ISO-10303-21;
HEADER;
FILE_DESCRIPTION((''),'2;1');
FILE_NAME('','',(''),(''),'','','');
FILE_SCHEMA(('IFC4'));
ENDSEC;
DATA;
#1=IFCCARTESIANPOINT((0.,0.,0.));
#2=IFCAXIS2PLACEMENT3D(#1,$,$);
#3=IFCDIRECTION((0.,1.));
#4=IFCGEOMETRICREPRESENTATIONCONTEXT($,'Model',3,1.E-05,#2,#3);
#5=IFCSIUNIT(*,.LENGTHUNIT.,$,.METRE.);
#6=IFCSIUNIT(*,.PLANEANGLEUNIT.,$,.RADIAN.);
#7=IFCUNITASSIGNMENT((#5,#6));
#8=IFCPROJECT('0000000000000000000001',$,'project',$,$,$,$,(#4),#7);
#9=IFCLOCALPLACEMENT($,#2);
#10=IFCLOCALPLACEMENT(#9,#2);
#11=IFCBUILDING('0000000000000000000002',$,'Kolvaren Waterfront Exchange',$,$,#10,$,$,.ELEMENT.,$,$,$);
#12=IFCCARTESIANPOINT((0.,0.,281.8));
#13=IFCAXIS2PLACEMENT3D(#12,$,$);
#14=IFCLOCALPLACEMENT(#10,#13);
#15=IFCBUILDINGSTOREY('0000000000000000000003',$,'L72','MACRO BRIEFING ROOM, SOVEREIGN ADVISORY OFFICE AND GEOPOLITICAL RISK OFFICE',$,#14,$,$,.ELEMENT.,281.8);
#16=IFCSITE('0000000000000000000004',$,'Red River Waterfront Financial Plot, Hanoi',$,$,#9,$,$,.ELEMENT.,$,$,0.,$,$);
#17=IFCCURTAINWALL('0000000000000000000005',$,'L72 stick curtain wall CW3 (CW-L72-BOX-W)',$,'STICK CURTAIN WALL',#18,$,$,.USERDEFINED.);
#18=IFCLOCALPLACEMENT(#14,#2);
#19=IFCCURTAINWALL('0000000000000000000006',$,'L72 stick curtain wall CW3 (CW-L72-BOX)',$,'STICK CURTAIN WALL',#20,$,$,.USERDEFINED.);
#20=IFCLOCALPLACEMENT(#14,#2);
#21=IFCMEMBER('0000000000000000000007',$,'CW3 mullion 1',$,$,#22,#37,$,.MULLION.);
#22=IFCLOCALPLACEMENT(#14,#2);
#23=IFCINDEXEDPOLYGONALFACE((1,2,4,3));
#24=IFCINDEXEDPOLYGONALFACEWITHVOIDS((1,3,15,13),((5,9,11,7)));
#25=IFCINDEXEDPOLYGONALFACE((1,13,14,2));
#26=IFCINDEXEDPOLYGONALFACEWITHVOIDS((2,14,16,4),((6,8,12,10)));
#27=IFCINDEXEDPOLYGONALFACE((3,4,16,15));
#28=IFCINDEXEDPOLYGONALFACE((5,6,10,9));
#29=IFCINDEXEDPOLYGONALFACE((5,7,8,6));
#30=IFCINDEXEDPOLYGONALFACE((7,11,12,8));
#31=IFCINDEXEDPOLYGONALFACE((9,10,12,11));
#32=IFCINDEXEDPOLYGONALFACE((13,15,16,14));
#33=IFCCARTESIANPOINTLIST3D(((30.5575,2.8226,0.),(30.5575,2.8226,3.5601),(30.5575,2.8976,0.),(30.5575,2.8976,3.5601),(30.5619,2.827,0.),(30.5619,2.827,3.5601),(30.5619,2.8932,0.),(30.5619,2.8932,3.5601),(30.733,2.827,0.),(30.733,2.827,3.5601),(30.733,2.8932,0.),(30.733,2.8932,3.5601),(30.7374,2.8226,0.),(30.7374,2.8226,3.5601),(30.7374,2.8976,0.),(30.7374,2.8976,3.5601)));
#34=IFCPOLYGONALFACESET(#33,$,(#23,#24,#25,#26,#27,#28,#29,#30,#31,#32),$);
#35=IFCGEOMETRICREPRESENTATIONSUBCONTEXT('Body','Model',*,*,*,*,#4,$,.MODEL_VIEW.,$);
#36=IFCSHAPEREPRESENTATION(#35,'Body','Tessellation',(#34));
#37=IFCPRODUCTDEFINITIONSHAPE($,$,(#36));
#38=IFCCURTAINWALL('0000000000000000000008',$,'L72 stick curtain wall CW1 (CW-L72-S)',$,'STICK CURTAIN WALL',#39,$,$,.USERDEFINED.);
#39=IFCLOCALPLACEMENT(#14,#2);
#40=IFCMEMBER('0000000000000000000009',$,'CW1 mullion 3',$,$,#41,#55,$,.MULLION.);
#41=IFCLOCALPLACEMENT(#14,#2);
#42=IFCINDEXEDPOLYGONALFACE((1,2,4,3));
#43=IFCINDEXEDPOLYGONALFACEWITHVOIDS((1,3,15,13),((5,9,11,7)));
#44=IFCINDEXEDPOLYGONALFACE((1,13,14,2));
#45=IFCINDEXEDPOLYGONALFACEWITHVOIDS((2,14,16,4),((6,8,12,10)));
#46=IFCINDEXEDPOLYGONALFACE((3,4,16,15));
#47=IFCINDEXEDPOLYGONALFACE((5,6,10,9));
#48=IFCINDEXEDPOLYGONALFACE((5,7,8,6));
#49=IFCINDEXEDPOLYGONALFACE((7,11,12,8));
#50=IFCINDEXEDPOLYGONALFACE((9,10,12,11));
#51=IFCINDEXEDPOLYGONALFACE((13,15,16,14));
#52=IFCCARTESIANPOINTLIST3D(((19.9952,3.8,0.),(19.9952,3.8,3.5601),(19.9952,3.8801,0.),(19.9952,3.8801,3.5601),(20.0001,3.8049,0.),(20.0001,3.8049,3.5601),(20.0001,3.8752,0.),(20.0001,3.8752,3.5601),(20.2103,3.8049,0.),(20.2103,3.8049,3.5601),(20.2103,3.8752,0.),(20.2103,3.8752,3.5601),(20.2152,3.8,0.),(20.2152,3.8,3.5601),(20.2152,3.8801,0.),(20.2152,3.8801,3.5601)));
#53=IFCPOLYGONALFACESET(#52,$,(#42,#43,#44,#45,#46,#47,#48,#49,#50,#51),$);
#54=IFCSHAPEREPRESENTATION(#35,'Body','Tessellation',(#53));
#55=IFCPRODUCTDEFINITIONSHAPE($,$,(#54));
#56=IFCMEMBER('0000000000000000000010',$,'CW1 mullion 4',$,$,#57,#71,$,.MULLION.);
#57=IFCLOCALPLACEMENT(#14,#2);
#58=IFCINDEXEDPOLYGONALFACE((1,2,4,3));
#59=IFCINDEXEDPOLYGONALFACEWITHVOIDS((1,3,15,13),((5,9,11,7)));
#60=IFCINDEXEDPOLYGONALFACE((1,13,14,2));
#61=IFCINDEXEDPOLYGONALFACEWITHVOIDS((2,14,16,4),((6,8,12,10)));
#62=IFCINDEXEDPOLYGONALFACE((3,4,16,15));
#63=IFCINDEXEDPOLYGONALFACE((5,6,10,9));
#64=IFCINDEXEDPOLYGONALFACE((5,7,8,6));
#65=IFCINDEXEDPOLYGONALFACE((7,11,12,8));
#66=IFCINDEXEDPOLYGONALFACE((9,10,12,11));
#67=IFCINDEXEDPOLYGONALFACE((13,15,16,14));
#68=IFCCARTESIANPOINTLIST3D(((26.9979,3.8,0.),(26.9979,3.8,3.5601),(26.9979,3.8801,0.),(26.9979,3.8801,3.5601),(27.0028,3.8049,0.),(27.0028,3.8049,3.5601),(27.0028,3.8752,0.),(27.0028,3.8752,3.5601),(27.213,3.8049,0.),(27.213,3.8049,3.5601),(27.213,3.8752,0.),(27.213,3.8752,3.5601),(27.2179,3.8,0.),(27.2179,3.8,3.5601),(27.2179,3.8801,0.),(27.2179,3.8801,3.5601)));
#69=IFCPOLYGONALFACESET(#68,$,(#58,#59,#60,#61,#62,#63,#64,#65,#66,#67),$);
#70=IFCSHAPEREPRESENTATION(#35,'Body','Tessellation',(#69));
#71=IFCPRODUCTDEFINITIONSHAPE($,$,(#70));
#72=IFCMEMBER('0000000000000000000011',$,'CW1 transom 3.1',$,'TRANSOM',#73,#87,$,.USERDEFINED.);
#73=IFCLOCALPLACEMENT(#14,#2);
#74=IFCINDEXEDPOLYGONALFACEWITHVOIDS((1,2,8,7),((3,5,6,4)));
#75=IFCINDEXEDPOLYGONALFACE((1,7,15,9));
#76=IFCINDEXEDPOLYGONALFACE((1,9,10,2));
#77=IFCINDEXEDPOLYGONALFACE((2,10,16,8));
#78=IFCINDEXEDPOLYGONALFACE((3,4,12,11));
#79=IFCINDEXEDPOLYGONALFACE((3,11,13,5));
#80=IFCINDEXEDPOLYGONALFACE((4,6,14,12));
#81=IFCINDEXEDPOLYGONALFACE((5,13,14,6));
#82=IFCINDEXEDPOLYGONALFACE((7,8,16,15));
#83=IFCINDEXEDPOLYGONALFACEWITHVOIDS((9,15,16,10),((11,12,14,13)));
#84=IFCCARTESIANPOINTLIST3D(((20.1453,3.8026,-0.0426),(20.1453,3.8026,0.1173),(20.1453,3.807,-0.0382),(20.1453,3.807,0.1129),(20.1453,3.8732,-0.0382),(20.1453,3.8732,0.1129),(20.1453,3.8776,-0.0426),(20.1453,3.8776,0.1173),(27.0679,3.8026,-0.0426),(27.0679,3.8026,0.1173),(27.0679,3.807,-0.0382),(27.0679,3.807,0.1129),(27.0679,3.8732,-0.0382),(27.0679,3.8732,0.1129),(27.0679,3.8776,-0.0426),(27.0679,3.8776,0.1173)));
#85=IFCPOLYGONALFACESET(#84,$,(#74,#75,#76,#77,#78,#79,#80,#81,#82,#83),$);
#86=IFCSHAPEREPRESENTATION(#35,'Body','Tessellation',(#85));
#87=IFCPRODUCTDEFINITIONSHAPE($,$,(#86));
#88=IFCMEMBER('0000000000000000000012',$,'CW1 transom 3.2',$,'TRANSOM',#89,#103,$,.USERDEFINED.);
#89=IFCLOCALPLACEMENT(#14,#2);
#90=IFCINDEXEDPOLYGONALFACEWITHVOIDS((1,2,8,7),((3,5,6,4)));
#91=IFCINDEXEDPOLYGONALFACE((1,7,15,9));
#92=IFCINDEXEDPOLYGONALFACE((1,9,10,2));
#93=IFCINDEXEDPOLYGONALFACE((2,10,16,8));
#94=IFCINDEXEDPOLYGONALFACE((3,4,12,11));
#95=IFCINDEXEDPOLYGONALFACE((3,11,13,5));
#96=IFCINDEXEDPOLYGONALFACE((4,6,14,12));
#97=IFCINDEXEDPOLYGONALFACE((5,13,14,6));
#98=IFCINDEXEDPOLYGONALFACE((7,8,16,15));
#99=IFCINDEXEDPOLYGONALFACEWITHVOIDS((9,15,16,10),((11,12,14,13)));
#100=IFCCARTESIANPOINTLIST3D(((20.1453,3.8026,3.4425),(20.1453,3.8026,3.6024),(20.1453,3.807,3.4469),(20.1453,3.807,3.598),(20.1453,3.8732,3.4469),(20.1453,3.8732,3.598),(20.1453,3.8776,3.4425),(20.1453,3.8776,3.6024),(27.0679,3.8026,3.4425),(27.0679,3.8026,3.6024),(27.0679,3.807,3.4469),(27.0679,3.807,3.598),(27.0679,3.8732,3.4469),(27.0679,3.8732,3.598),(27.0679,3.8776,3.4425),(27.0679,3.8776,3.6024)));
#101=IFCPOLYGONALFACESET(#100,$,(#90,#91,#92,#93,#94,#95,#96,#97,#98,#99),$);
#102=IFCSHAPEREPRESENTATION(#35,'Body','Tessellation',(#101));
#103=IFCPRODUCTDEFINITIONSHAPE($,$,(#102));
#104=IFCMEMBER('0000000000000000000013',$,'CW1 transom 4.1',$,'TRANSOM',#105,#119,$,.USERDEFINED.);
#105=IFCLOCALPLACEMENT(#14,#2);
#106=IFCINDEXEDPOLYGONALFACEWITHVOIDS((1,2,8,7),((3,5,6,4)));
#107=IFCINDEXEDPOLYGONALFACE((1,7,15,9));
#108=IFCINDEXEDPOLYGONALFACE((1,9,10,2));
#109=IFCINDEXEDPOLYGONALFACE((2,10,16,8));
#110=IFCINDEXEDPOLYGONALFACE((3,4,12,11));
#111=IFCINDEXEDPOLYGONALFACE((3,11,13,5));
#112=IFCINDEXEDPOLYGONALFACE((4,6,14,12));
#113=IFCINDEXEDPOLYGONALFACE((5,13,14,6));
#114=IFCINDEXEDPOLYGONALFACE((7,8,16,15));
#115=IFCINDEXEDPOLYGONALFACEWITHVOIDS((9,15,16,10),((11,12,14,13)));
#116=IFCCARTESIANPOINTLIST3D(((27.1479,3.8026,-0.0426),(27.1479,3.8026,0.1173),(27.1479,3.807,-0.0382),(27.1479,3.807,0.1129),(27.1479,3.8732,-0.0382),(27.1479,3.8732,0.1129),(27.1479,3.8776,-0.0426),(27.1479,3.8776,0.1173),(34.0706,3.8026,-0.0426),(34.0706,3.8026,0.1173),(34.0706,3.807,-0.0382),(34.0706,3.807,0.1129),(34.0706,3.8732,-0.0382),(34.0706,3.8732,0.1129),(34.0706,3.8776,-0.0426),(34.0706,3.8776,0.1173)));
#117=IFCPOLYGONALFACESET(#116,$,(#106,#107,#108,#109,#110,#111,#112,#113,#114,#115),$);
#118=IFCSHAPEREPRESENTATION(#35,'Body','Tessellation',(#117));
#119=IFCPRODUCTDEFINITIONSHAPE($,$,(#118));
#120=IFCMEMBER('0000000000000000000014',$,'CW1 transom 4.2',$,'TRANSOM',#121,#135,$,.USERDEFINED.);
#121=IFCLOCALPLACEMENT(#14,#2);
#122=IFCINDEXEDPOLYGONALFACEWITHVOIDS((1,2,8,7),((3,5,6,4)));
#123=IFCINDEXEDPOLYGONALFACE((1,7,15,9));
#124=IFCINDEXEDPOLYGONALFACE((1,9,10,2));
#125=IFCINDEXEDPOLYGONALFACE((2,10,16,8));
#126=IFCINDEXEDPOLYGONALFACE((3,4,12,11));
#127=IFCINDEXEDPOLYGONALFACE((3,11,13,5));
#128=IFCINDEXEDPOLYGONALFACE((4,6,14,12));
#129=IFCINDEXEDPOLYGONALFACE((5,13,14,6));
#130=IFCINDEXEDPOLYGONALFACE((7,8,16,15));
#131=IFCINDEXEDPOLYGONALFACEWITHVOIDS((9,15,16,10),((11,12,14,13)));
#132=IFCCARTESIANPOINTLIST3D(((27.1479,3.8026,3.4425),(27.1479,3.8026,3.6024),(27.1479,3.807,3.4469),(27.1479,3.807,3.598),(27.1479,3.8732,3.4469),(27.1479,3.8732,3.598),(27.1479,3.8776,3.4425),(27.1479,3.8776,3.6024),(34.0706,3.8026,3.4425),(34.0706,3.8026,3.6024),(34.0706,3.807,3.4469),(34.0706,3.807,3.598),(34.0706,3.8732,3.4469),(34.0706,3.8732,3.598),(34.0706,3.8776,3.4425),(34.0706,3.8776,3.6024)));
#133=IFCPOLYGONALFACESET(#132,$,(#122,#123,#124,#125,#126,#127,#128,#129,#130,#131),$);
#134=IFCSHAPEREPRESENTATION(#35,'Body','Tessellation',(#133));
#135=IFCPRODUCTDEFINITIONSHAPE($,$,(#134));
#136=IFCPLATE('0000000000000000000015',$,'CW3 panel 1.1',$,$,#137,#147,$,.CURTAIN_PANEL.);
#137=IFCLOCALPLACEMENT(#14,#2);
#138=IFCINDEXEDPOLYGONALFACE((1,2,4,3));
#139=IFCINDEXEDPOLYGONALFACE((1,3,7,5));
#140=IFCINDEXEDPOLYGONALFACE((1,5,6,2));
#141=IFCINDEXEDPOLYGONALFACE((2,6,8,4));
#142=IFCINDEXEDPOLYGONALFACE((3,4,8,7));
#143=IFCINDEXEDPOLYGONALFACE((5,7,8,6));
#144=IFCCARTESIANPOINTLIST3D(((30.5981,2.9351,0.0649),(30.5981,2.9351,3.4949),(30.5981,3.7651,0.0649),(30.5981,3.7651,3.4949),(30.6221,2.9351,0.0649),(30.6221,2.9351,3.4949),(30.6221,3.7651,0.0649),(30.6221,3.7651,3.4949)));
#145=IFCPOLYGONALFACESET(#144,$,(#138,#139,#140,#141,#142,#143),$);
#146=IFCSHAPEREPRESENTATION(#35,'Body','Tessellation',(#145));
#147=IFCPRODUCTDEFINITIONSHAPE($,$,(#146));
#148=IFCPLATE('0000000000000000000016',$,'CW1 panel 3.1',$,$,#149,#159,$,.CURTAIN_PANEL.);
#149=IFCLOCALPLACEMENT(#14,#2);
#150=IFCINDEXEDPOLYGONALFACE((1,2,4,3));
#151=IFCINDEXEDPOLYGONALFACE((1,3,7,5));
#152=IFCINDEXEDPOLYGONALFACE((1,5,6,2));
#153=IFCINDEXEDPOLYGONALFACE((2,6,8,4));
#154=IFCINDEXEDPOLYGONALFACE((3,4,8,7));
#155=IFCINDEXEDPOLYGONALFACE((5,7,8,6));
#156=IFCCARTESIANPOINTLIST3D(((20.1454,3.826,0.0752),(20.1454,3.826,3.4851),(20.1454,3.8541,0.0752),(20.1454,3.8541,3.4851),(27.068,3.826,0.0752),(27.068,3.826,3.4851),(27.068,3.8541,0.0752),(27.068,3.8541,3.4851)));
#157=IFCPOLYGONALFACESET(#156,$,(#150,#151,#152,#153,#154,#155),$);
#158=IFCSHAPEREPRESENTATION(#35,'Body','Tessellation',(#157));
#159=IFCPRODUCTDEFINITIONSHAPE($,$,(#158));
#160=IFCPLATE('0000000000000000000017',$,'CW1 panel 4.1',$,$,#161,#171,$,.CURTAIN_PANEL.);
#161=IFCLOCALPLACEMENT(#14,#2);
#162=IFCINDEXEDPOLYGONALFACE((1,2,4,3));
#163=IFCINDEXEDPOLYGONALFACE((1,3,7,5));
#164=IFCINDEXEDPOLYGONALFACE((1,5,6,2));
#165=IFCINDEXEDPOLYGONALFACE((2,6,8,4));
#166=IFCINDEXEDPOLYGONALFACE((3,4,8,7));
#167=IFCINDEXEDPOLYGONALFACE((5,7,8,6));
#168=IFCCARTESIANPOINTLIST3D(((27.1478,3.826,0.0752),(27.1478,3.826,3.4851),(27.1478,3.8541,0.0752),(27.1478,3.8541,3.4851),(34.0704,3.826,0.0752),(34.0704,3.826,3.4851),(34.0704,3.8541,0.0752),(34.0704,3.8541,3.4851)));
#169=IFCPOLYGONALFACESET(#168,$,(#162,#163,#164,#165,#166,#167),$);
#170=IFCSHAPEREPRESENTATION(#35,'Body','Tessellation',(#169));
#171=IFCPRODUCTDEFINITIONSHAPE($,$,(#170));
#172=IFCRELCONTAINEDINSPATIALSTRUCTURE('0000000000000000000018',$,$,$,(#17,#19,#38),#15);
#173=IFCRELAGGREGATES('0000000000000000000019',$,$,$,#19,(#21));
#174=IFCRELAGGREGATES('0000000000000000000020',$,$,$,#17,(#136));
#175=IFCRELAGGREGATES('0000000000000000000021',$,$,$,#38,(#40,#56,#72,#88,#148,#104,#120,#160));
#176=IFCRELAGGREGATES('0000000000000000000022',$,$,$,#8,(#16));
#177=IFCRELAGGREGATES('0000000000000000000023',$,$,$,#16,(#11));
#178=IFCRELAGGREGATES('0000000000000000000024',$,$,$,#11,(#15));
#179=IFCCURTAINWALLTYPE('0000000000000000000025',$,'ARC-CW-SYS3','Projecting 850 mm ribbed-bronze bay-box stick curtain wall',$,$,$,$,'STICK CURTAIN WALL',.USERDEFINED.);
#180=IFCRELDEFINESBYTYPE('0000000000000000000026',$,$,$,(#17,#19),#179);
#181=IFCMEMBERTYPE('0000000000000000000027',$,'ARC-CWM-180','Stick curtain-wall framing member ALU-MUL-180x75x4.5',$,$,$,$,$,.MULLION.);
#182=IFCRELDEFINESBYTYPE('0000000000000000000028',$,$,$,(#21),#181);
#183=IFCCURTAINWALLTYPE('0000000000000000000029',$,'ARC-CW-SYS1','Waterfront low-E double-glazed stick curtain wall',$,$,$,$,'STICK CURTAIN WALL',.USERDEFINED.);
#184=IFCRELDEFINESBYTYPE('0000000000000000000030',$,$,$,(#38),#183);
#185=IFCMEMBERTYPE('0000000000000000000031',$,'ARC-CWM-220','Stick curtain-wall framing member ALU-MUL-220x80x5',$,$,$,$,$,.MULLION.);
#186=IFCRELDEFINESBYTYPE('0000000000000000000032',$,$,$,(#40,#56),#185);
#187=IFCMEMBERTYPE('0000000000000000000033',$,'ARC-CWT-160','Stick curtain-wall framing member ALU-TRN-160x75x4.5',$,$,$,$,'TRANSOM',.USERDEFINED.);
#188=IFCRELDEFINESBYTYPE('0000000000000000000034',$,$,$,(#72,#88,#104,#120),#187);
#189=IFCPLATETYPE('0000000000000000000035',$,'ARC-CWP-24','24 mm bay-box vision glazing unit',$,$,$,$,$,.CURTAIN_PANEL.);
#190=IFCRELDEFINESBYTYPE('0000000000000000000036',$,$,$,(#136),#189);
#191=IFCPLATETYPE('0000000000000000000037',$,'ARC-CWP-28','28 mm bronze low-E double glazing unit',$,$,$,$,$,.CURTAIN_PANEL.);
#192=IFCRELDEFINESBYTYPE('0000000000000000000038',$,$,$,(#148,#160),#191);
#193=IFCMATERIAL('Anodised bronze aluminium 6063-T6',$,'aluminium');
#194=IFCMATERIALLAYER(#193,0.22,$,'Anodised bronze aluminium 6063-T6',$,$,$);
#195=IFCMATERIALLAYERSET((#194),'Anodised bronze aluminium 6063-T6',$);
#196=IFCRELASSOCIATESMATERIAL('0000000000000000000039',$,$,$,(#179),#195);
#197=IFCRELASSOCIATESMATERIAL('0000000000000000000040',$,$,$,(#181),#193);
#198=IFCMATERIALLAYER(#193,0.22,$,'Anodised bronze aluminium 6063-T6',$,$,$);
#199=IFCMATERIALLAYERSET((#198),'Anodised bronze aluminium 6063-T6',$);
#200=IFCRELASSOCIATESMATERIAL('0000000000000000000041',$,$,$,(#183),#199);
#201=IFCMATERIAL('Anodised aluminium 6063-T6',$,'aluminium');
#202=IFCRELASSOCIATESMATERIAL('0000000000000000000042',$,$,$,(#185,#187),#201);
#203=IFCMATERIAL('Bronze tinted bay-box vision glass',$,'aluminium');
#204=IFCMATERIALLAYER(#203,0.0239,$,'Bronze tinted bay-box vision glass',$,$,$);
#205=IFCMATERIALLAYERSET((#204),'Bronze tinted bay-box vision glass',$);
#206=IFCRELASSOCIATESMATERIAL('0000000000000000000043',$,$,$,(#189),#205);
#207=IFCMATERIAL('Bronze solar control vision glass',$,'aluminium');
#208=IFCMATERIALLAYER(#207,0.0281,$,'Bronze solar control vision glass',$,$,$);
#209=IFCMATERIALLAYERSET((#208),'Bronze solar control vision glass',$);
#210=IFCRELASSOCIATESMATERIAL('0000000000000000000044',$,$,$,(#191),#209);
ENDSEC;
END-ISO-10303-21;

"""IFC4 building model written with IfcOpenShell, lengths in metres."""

from ifc_helpers import new_model, si_unit, direction, frame, origin, origin_with_axes, origin_2d, place, context, subcontext, project, spatial, rectangle, hollow_rectangle, extrude, source, transform, mapped, material, layer, layer_set, material_profile, profile_set, type_object, element, aggregate, save


model = new_model("IFC4")

# Units and contexts
model_context = context("Model", 3, precision=1e-05, world=origin(), true_north=direction((0.0, 1.0)))
body_context = subcontext(model_context, "Body", "Model", "MODEL_VIEW")
ifc_project = project(units=[si_unit("LENGTHUNIT", "METRE"), si_unit("PLANEANGLEUNIT", "RADIAN")], contexts=[model_context])

# Site, building, storey
site_placement = place(None, origin())
site = spatial("IfcSite", under=ifc_project, at=site_placement, Name="Red River Waterfront Financial Plot, Hanoi", CompositionType="ELEMENT", RefElevation=0.0)
building_placement = place(site_placement, origin())
building = spatial("IfcBuilding", under=site, at=building_placement, Name="Kolvaren Waterfront Exchange", CompositionType="ELEMENT")
storey_placement = place(building_placement, frame((0.0, 0.0, 281.8)))
storey = spatial("IfcBuildingStorey", under=building, at=storey_placement, Name="L72", Description="MACRO BRIEFING ROOM, SOVEREIGN ADVISORY OFFICE AND GEOPOLITICAL RISK OFFICE", CompositionType="ELEMENT", Elevation=281.8)

# Curtain wall
ifc_material_1 = material(Name="Anodised bronze aluminium 6063-T6", Category="aluminium")
ifc_layer_1 = layer(ifc_material_1, 0.22, Name="Anodised bronze aluminium 6063-T6")
ifc_layer_set_1 = layer_set([ifc_layer_1], Name="Anodised bronze aluminium 6063-T6")
curtain_wall_type_1 = type_object("IfcCurtainWallType", Name="ARC-CW-SYS3", Description="Projecting 850 mm ribbed-bronze bay-box stick curtain wall", ElementType="STICK CURTAIN WALL", PredefinedType="USERDEFINED", material=ifc_layer_set_1)
curtain_wall_1_placement = place(storey_placement, origin())
curtain_wall_1 = element("IfcCurtainWall", 1, at=curtain_wall_1_placement, inside=storey, type_object=curtain_wall_type_1, Name="L72 stick curtain wall CW3 (CW-L72-BOX-W)", ObjectType="STICK CURTAIN WALL", PredefinedType="USERDEFINED")
ifc_material_profile_1 = material_profile(ifc_material_1, hollow_rectangle(XDim=0.075, YDim=0.1799, WallThickness=0.0044, at=origin_2d()), Name="ALU-MUL-180x75x4.5")
ifc_profile_set_1 = profile_set([ifc_material_profile_1], Name="Anodised bronze aluminium 6063-T6")
member_type_1 = type_object("IfcMemberType", Name="ARC-CWM-180", Description="Stick curtain-wall framing member ALU-MUL-180x75x4.5", PredefinedType="MULLION", material=ifc_profile_set_1)
shared_shape_1 = source(origin_with_axes(), body_context, "Body", "SweptSolid", [
    extrude(hollow_rectangle(XDim=0.075, YDim=0.1799, WallThickness=0.0044, at=origin_2d()), origin(), (0.0, 0.0, 1.0), 3.5601),
])

# Curtain wall, member
curtain_wall_2_placement = place(storey_placement, origin())
curtain_wall_2 = element("IfcCurtainWall", 2, at=curtain_wall_2_placement, inside=storey, type_object=curtain_wall_type_1, Name="L72 stick curtain wall CW3 (CW-L72-BOX)", ObjectType="STICK CURTAIN WALL", PredefinedType="USERDEFINED")
member_1_placement = place(storey_placement, frame((30.6475, 2.8601, 0.0), z_axis=(0.0, 0.0, 1.0), x_axis=(0.0, 1.0, 0.0)))
member_1 = element("IfcMember", 3, at=member_1_placement, type_object=member_type_1, Name="CW3 mullion 1", PredefinedType="MULLION", context=body_context, shape_type="MappedRepresentation", body=[
    mapped(shared_shape_1, transform((0.0, 0.0, 0.0), x_axis=(1.0, 0.0, 0.0), y_axis=(0.0, 1.0, 0.0), z_axis=(0.0, 0.0, 1.0), scale=1.0)),
])
aggregate(curtain_wall_2, [member_1])

# Curtain wall, members
ifc_layer_2 = layer(ifc_material_1, 0.22, Name="Anodised bronze aluminium 6063-T6")
ifc_layer_set_2 = layer_set([ifc_layer_2], Name="Anodised bronze aluminium 6063-T6")
curtain_wall_type_2 = type_object("IfcCurtainWallType", Name="ARC-CW-SYS1", Description="Waterfront low-E double-glazed stick curtain wall", ElementType="STICK CURTAIN WALL", PredefinedType="USERDEFINED", material=ifc_layer_set_2)
curtain_wall_3_placement = place(storey_placement, origin())
curtain_wall_3 = element("IfcCurtainWall", 4, at=curtain_wall_3_placement, inside=storey, type_object=curtain_wall_type_2, Name="L72 stick curtain wall CW1 (CW-L72-S)", ObjectType="STICK CURTAIN WALL", PredefinedType="USERDEFINED")
ifc_material_2 = material(Name="Anodised aluminium 6063-T6", Category="aluminium")
ifc_material_profile_2 = material_profile(ifc_material_2, hollow_rectangle(XDim=0.0801, YDim=0.22, WallThickness=0.0049, at=origin_2d()), Name="ALU-MUL-220x80x5")
ifc_profile_set_2 = profile_set([ifc_material_profile_2], Name="Anodised aluminium 6063-T6")
member_type_2 = type_object("IfcMemberType", Name="ARC-CWM-220", Description="Stick curtain-wall framing member ALU-MUL-220x80x5", PredefinedType="MULLION", material=ifc_profile_set_2)
shared_shape_2 = source(origin_with_axes(), body_context, "Body", "SweptSolid", [
    extrude(hollow_rectangle(XDim=0.0801, YDim=0.22, WallThickness=0.0049, at=origin_2d()), origin(), (0.0, 0.0, 1.0), 3.5601),
])
member_2_placement = place(storey_placement, frame((20.1052, 3.8401, 0.0), z_axis=(0.0, 0.0, 1.0), x_axis=(0.0, 1.0, 0.0)))
member_2 = element("IfcMember", 5, at=member_2_placement, type_object=member_type_2, Name="CW1 mullion 3", PredefinedType="MULLION", context=body_context, shape_type="MappedRepresentation", body=[
    mapped(shared_shape_2, transform((0.0, 0.0, 0.0), x_axis=(1.0, 0.0, 0.0), y_axis=(0.0, 1.0, 0.0), z_axis=(0.0, 0.0, 1.0), scale=1.0)),
])
member_3_placement = place(storey_placement, frame((27.1079, 3.8401, 0.0), z_axis=(0.0, 0.0, 1.0), x_axis=(0.0, 1.0, 0.0)))
member_3 = element("IfcMember", 6, at=member_3_placement, type_object=member_type_2, Name="CW1 mullion 4", PredefinedType="MULLION", context=body_context, shape_type="MappedRepresentation", body=[
    mapped(shared_shape_2, transform((0.0, 0.0, 0.0), x_axis=(1.0, 0.0, 0.0), y_axis=(0.0, 1.0, 0.0), z_axis=(0.0, 0.0, 1.0), scale=1.0)),
])
ifc_material_profile_3 = material_profile(ifc_material_2, hollow_rectangle(XDim=0.075, YDim=0.1599, WallThickness=0.0044, at=origin_2d()), Name="ALU-TRN-160x75x4.5")
ifc_profile_set_3 = profile_set([ifc_material_profile_3], Name="Anodised aluminium 6063-T6")
member_type_3 = type_object("IfcMemberType", Name="ARC-CWT-160", Description="Stick curtain-wall framing member ALU-TRN-160x75x4.5", ElementType="TRANSOM", PredefinedType="USERDEFINED", material=ifc_profile_set_3)
shared_shape_3 = source(origin_with_axes(), body_context, "Body", "SweptSolid", [
    extrude(hollow_rectangle(XDim=0.075, YDim=0.1599, WallThickness=0.0044, at=origin_2d()), origin(), (0.0, 0.0, 1.0), 6.9226),
])
member_4_placement = place(storey_placement, frame((20.1453, 3.8401, 0.0374), z_axis=(1.0, 0.0, 0.0), x_axis=(0.0, 1.0, 0.0)))
member_4 = element("IfcMember", 7, at=member_4_placement, type_object=member_type_3, Name="CW1 transom 3.1", ObjectType="TRANSOM", PredefinedType="USERDEFINED", context=body_context, shape_type="MappedRepresentation", body=[
    mapped(shared_shape_3, transform((0.0, 0.0, 0.0), x_axis=(1.0, 0.0, 0.0), y_axis=(0.0, 1.0, 0.0), z_axis=(0.0, 0.0, 1.0), scale=1.0)),
])
member_5_placement = place(storey_placement, frame((20.1453, 3.8401, 3.5225), z_axis=(1.0, 0.0, 0.0), x_axis=(0.0, 1.0, 0.0)))
member_5 = element("IfcMember", 8, at=member_5_placement, type_object=member_type_3, Name="CW1 transom 3.2", ObjectType="TRANSOM", PredefinedType="USERDEFINED", context=body_context, shape_type="MappedRepresentation", body=[
    mapped(shared_shape_3, transform((0.0, 0.0, 0.0), x_axis=(1.0, 0.0, 0.0), y_axis=(0.0, 1.0, 0.0), z_axis=(0.0, 0.0, 1.0), scale=1.0)),
])
member_6_placement = place(storey_placement, frame((27.1479, 3.8401, 0.0374), z_axis=(1.0, 0.0, 0.0), x_axis=(0.0, 1.0, 0.0)))
member_6 = element("IfcMember", 9, at=member_6_placement, type_object=member_type_3, Name="CW1 transom 4.1", ObjectType="TRANSOM", PredefinedType="USERDEFINED", context=body_context, shape_type="MappedRepresentation", body=[
    mapped(shared_shape_3, transform((0.0, 0.0, 0.0), x_axis=(1.0, 0.0, 0.0), y_axis=(0.0, 1.0, 0.0), z_axis=(0.0, 0.0, 1.0), scale=1.0)),
])
member_7_placement = place(storey_placement, frame((27.1479, 3.8401, 3.5225), z_axis=(1.0, 0.0, 0.0), x_axis=(0.0, 1.0, 0.0)))
member_7 = element("IfcMember", 10, at=member_7_placement, type_object=member_type_3, Name="CW1 transom 4.2", ObjectType="TRANSOM", PredefinedType="USERDEFINED", context=body_context, shape_type="MappedRepresentation", body=[
    mapped(shared_shape_3, transform((0.0, 0.0, 0.0), x_axis=(1.0, 0.0, 0.0), y_axis=(0.0, 1.0, 0.0), z_axis=(0.0, 0.0, 1.0), scale=1.0)),
])

# Plates
ifc_material_3 = material(Name="Bronze tinted bay-box vision glass", Category="aluminium")
ifc_layer_3 = layer(ifc_material_3, 0.0239, Name="Bronze tinted bay-box vision glass")
ifc_layer_set_3 = layer_set([ifc_layer_3], Name="Bronze tinted bay-box vision glass")
plate_type_1 = type_object("IfcPlateType", Name="ARC-CWP-24", Description="24 mm bay-box vision glazing unit", PredefinedType="CURTAIN_PANEL", material=ifc_layer_set_3)
shared_shape_4 = source(origin_with_axes(), body_context, "Body", "SweptSolid", [
    extrude(rectangle(XDim=0.8301, YDim=0.0239, at=origin_2d()), origin(), (0.0, 0.0, 1.0), 3.4299),
])
plate_1_placement = place(storey_placement, frame((30.6101, 3.3501, 0.0649), z_axis=(0.0, 0.0, 1.0), x_axis=(0.0, -1.0, 0.0)))
plate_1 = element("IfcPlate", 11, at=plate_1_placement, type_object=plate_type_1, Name="CW3 panel 1.1", PredefinedType="CURTAIN_PANEL", context=body_context, shape_type="MappedRepresentation", body=[
    mapped(shared_shape_4, transform((0.0, 0.0, 0.0), x_axis=(1.0, 0.0, 0.0), y_axis=(0.0, 1.0, 0.0), z_axis=(0.0, 0.0, 1.0), scale=1.0)),
])
aggregate(curtain_wall_1, [plate_1])
ifc_material_4 = material(Name="Bronze solar control vision glass", Category="aluminium")
ifc_layer_4 = layer(ifc_material_4, 0.0281, Name="Bronze solar control vision glass")
ifc_layer_set_4 = layer_set([ifc_layer_4], Name="Bronze solar control vision glass")
plate_type_2 = type_object("IfcPlateType", Name="ARC-CWP-28", Description="28 mm bronze low-E double glazing unit", PredefinedType="CURTAIN_PANEL", material=ifc_layer_set_4)
shared_shape_5 = source(origin_with_axes(), body_context, "Body", "SweptSolid", [
    extrude(rectangle(XDim=6.9226, YDim=0.0281, at=origin_2d()), origin(), (0.0, 0.0, 1.0), 3.4099),
])
plate_2_placement = place(storey_placement, frame((23.6067, 3.8401, 0.0752), z_axis=(0.0, 0.0, 1.0), x_axis=(1.0, 0.0, 0.0)))
plate_2 = element("IfcPlate", 12, at=plate_2_placement, type_object=plate_type_2, Name="CW1 panel 3.1", PredefinedType="CURTAIN_PANEL", context=body_context, shape_type="MappedRepresentation", body=[
    mapped(shared_shape_5, transform((0.0, 0.0, 0.0), x_axis=(1.0, 0.0, 0.0), y_axis=(0.0, 1.0, 0.0), z_axis=(0.0, 0.0, 1.0), scale=1.0)),
])
plate_3_placement = place(storey_placement, frame((30.6091, 3.8401, 0.0752), z_axis=(0.0, 0.0, 1.0), x_axis=(1.0, 0.0, 0.0)))
plate_3 = element("IfcPlate", 13, at=plate_3_placement, type_object=plate_type_2, Name="CW1 panel 4.1", PredefinedType="CURTAIN_PANEL", context=body_context, shape_type="MappedRepresentation", body=[
    mapped(shared_shape_5, transform((0.0, 0.0, 0.0), x_axis=(1.0, 0.0, 0.0), y_axis=(0.0, 1.0, 0.0), z_axis=(0.0, 0.0, 1.0), scale=1.0)),
])
aggregate(curtain_wall_3, [member_2, member_3, member_4, member_5, plate_2, member_6, member_7, plate_3])

save(model, "model.ifc")
